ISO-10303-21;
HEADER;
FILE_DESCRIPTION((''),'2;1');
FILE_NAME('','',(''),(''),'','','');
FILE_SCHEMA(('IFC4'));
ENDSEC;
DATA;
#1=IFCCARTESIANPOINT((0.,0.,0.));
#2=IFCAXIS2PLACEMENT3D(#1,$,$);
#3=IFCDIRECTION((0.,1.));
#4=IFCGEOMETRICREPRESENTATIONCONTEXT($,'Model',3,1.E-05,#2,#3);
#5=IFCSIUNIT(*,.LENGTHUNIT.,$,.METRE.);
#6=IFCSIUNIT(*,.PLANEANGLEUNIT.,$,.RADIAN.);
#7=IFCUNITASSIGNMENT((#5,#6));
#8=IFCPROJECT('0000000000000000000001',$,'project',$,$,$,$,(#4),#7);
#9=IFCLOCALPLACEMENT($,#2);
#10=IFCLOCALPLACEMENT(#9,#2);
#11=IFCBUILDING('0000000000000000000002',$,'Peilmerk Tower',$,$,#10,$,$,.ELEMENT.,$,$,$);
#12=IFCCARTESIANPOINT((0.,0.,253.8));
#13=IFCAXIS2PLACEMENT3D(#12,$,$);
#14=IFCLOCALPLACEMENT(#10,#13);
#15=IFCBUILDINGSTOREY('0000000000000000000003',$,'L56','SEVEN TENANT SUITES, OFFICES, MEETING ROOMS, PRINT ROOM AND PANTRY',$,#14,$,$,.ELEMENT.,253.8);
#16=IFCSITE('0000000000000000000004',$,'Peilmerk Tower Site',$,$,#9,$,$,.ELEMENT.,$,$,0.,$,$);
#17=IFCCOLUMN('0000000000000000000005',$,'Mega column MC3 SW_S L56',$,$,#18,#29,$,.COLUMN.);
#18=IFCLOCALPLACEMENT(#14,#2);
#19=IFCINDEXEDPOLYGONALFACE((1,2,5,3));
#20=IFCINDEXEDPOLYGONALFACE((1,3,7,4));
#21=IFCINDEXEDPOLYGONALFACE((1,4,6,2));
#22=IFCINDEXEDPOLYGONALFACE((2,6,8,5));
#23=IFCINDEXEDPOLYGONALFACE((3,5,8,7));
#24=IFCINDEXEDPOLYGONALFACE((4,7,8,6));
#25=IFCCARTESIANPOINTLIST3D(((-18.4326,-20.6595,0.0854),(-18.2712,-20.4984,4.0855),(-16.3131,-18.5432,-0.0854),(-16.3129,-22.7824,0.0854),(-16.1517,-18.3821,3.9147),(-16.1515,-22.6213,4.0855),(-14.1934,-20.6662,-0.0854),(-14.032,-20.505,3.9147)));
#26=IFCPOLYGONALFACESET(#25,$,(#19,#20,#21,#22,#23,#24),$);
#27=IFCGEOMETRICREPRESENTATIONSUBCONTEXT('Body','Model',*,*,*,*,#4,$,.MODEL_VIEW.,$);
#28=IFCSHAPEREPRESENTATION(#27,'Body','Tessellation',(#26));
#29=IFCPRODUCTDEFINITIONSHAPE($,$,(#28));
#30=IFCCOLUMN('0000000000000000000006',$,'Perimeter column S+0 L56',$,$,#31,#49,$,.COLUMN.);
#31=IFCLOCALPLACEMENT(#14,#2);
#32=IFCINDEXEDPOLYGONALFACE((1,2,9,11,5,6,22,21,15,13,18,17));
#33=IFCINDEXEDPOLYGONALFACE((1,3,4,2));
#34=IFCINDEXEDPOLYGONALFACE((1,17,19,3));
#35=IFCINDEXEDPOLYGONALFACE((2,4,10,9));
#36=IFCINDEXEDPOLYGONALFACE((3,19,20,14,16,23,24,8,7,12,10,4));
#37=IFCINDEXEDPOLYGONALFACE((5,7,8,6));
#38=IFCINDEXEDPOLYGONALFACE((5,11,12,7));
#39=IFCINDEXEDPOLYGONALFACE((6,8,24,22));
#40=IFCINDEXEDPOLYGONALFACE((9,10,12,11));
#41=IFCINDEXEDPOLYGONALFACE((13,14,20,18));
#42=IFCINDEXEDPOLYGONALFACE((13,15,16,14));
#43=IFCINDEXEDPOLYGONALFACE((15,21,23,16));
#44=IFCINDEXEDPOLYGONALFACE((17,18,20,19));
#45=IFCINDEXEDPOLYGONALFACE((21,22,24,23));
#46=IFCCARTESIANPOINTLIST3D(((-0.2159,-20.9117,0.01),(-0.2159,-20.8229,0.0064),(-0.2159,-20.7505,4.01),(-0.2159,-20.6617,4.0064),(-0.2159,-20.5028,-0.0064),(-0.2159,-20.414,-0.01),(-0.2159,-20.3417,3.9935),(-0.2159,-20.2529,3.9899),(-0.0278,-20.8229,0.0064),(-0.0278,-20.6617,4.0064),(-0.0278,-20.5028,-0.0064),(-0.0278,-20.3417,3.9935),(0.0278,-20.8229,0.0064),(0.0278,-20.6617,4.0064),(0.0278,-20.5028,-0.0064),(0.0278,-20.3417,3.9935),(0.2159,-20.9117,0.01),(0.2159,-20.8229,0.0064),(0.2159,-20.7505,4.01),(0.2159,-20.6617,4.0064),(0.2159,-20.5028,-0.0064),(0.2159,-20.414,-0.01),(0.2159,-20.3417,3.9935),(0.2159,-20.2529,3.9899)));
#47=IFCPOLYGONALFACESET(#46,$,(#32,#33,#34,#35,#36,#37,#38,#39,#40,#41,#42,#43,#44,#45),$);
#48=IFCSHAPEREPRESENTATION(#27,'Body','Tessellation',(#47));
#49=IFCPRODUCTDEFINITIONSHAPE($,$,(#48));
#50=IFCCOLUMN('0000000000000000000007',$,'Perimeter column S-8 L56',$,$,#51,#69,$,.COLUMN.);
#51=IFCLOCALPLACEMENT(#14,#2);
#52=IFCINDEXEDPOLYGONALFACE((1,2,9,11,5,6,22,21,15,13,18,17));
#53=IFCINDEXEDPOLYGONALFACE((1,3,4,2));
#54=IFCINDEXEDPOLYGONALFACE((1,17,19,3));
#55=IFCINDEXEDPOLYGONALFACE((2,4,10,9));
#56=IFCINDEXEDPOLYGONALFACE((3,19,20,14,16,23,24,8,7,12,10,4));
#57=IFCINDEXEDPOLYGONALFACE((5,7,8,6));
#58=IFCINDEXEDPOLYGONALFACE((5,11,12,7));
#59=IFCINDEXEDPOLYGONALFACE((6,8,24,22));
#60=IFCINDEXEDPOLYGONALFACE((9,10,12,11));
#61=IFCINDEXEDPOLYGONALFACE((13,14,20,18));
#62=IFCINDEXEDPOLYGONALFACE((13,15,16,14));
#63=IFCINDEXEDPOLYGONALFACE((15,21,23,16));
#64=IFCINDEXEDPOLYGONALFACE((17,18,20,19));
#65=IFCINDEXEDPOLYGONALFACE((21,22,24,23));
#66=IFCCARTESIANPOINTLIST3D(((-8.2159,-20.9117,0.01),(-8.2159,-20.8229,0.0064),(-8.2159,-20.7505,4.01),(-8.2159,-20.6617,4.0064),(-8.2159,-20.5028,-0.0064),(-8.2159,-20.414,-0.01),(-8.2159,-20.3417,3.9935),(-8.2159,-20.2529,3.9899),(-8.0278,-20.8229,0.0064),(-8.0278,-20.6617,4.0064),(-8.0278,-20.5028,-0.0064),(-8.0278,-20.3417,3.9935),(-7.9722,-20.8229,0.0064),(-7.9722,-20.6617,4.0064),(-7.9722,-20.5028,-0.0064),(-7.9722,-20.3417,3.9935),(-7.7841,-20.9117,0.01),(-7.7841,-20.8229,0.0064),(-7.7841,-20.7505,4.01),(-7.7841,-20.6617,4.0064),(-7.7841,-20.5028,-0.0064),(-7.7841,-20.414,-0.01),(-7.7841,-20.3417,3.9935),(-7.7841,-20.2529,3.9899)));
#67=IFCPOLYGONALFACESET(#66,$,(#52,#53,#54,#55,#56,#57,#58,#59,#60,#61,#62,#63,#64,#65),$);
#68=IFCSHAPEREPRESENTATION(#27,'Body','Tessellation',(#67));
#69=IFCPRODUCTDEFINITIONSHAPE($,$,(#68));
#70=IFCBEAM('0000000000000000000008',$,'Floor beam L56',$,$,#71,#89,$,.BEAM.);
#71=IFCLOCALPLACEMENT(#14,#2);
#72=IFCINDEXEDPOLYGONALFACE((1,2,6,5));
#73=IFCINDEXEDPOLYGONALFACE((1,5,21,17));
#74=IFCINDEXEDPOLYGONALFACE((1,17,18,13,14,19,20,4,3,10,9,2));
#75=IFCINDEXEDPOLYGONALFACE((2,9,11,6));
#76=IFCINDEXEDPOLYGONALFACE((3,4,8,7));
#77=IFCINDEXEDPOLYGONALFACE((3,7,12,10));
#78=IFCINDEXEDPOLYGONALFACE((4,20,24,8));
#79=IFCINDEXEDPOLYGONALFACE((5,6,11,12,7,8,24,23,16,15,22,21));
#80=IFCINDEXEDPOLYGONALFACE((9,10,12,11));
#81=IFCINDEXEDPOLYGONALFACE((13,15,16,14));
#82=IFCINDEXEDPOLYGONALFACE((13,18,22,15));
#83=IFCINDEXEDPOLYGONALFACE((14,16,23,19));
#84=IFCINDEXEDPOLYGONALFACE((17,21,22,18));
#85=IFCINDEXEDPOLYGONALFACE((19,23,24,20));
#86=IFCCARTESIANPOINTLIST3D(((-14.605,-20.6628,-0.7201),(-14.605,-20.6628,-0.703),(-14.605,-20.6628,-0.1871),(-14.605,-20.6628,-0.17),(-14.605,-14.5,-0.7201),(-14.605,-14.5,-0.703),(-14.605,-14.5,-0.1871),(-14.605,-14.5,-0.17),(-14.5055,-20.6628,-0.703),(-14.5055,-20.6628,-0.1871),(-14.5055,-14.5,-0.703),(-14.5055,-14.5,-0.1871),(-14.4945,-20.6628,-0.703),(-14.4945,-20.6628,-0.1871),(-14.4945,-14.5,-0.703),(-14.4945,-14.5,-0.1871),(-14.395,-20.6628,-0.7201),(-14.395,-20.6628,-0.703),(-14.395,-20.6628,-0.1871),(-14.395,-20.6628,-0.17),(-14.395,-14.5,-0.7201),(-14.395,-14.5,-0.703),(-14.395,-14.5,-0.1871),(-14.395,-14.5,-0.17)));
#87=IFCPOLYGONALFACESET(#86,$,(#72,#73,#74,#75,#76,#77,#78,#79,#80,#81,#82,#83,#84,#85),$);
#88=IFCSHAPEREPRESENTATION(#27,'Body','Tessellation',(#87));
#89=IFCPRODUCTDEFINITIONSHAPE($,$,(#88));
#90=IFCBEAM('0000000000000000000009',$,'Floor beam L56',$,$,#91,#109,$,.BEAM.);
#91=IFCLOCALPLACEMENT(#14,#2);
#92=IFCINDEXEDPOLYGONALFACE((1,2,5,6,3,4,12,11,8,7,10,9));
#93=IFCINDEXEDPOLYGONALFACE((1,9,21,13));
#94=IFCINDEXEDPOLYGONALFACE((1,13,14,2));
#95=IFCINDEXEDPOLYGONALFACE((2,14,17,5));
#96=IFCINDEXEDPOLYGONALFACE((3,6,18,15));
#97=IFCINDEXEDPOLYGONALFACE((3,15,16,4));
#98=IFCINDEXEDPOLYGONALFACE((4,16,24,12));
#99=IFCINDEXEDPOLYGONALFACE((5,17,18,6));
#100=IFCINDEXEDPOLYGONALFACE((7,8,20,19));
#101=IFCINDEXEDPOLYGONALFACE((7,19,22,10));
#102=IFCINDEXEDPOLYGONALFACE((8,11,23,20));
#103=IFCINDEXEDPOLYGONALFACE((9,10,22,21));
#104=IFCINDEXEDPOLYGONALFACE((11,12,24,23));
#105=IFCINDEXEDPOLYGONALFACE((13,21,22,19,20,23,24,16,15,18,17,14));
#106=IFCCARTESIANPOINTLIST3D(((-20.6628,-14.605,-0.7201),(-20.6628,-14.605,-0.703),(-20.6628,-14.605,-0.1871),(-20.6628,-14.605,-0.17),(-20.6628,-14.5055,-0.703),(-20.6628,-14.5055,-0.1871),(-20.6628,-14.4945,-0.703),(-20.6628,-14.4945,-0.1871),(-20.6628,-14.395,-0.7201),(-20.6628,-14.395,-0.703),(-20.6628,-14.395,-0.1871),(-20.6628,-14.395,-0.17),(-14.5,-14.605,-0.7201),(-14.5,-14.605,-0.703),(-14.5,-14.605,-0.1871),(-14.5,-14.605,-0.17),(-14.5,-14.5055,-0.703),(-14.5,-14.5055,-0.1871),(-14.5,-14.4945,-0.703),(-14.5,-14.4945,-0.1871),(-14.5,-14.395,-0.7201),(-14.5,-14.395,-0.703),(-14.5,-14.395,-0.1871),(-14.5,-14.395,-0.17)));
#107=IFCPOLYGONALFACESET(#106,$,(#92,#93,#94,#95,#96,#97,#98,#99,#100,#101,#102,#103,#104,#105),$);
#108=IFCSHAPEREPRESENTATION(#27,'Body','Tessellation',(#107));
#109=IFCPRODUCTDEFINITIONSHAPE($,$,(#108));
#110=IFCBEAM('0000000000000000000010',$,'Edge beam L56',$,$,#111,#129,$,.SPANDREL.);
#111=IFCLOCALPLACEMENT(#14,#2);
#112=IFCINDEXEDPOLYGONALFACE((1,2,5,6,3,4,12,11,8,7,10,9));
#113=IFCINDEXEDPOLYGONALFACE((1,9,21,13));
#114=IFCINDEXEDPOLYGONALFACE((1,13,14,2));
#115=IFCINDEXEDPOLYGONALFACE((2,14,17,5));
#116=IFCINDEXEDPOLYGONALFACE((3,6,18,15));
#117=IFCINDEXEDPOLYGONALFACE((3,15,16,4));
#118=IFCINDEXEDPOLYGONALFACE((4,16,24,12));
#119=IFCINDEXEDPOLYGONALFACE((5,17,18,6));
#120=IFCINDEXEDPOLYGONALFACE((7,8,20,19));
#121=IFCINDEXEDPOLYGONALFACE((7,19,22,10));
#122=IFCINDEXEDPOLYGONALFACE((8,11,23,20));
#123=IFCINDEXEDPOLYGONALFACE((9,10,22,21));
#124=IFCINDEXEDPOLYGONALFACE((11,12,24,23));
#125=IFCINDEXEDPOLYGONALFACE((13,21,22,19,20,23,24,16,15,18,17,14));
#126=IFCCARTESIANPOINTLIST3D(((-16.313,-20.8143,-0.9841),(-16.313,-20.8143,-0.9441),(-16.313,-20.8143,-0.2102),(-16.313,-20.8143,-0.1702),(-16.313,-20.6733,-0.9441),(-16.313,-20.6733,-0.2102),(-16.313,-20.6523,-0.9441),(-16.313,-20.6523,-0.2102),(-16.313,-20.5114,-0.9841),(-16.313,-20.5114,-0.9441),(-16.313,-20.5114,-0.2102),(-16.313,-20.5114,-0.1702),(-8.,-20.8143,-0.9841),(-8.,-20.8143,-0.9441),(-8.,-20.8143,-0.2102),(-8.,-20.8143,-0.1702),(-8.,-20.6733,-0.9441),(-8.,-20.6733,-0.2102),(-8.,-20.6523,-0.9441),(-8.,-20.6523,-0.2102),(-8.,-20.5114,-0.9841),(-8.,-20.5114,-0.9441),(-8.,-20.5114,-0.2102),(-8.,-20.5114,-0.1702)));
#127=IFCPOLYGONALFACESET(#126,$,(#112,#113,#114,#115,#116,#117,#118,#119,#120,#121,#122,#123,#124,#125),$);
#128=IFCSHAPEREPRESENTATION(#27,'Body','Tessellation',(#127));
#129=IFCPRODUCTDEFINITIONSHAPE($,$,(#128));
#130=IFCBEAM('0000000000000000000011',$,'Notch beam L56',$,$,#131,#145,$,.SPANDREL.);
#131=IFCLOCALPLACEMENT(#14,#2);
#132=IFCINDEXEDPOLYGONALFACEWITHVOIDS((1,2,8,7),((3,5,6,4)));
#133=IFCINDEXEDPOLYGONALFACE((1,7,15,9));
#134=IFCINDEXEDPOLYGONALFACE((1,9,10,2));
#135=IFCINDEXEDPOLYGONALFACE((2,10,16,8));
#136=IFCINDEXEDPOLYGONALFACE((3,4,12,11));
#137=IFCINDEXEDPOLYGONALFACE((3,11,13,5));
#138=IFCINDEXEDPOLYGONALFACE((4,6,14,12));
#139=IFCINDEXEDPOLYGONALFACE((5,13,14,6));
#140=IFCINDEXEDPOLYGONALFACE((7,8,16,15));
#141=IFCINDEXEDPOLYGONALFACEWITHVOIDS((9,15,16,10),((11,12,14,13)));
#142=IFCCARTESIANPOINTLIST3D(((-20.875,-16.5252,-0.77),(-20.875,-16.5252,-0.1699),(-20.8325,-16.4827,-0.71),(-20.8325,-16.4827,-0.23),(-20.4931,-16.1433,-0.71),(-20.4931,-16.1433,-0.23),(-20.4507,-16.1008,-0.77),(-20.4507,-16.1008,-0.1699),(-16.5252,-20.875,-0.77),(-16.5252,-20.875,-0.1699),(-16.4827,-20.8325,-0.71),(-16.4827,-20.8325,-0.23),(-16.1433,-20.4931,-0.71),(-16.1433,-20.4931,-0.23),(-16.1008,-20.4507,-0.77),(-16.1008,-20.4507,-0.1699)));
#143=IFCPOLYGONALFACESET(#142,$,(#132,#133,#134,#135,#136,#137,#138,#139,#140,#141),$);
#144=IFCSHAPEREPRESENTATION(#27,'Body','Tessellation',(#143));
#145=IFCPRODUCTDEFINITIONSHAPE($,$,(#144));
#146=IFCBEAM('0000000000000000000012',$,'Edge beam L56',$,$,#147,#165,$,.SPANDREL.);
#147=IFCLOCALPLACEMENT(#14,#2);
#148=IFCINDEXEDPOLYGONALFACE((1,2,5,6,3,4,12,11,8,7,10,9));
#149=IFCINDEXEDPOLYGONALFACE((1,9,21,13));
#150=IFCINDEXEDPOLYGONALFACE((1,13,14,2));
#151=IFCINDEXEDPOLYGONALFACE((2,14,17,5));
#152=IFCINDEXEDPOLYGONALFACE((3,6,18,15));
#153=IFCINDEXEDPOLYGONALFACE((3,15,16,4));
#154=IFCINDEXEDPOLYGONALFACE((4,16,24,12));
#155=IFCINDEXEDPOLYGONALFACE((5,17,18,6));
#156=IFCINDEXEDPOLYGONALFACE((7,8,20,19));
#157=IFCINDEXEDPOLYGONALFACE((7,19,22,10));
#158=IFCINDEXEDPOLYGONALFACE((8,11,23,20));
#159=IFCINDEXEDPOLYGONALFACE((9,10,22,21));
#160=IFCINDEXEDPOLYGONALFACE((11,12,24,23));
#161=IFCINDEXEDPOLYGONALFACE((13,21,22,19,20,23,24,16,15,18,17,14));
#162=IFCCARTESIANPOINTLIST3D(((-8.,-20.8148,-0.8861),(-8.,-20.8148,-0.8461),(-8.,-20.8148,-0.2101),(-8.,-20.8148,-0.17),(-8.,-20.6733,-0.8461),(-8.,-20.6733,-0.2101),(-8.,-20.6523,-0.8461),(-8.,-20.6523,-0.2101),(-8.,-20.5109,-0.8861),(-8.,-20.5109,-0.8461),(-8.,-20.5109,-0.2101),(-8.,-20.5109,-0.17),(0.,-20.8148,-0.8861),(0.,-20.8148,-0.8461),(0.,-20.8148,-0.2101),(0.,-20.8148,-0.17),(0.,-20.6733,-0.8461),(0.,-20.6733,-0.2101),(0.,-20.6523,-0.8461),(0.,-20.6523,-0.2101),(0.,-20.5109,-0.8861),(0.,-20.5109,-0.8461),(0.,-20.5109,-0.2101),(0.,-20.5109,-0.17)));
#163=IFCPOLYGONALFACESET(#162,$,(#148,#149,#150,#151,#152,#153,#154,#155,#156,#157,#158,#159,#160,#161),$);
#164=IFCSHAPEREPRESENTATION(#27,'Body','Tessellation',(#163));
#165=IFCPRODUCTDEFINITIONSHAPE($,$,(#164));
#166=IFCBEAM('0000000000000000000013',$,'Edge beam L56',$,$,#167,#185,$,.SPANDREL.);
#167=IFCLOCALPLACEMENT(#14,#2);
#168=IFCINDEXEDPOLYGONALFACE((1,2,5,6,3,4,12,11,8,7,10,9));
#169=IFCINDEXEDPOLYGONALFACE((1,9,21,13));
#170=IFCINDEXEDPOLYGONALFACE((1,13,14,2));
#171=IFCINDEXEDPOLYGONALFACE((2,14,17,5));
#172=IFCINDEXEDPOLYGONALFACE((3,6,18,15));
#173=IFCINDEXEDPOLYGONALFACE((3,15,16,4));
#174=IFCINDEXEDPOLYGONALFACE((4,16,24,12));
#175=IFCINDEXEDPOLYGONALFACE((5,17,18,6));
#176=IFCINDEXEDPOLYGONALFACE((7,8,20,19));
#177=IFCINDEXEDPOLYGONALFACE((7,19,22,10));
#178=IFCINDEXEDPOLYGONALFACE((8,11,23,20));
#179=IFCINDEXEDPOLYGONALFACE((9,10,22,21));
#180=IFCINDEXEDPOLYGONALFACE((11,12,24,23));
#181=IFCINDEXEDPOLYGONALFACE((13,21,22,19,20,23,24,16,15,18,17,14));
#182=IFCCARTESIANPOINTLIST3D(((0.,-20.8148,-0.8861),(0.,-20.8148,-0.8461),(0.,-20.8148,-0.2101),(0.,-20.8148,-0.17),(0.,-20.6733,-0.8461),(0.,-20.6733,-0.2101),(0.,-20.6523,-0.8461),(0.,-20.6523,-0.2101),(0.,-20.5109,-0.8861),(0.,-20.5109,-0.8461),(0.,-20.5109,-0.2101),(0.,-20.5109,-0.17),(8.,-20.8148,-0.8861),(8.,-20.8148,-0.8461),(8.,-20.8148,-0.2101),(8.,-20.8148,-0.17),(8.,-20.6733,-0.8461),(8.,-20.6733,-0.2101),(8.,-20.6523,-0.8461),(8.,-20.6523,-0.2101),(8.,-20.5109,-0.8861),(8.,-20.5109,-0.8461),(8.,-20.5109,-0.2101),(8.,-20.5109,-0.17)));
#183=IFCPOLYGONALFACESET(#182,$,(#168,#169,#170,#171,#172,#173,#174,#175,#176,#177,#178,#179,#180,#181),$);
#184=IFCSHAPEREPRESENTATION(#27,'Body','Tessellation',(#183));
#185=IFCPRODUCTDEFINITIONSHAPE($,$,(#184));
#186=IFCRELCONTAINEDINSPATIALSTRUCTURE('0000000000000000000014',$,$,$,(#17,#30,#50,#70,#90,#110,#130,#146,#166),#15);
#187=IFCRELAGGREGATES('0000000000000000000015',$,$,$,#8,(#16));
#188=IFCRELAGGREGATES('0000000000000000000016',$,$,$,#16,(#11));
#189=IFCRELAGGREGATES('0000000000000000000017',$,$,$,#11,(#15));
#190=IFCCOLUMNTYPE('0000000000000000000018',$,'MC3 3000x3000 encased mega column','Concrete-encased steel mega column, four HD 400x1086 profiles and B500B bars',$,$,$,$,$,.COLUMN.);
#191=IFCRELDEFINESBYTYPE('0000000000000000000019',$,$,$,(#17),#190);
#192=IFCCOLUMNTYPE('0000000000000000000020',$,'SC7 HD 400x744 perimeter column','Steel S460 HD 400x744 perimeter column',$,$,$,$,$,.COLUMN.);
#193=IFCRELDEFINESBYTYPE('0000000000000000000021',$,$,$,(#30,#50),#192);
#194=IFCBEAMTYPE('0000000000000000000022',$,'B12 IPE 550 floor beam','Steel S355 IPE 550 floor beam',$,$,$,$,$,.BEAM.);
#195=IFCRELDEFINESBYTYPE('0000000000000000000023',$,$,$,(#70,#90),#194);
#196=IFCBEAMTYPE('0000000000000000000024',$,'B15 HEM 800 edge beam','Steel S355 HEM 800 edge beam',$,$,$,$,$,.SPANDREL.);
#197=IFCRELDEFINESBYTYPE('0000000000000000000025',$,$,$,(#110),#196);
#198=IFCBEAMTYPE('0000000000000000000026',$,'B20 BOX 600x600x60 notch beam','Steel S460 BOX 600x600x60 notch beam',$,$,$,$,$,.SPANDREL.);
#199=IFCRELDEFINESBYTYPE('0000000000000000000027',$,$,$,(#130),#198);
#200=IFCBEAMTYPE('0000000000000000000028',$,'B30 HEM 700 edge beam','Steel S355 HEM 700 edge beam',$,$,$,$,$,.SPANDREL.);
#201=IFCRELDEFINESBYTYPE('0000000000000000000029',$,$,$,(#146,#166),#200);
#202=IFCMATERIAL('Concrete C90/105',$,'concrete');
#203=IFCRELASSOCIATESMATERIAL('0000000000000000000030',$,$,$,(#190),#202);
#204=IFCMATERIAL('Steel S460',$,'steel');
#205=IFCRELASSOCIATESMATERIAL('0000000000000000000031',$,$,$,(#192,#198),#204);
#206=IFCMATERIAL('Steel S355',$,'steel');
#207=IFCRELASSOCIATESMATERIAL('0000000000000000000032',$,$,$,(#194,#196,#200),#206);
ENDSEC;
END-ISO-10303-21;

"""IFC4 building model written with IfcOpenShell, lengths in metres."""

from ifc_helpers import new_model, si_unit, direction, frame, origin, origin_2d, place, context, subcontext, project, spatial, rectangle, hollow_rectangle, i_section, extrude, material, material_profile, profile_set, type_object, element, save


model = new_model("IFC4")

# Units and contexts
model_context = context("Model", 3, precision=1e-05, world=origin(), true_north=direction((0.0, 1.0)))
body_context = subcontext(model_context, "Body", "Model", "MODEL_VIEW")
ifc_project = project(units=[si_unit("LENGTHUNIT", "METRE"), si_unit("PLANEANGLEUNIT", "RADIAN")], contexts=[model_context])

# Site, building, storey
site_placement = place(None, origin())
site = spatial("IfcSite", under=ifc_project, at=site_placement, Name="Peilmerk Tower Site", CompositionType="ELEMENT", RefElevation=0.0)
building_placement = place(site_placement, origin())
building = spatial("IfcBuilding", under=site, at=building_placement, Name="Peilmerk Tower", CompositionType="ELEMENT")
storey_placement = place(building_placement, frame((0.0, 0.0, 253.8)))
storey = spatial("IfcBuildingStorey", under=building, at=storey_placement, Name="L56", Description="SEVEN TENANT SUITES, OFFICES, MEETING ROOMS, PRINT ROOM AND PANTRY", CompositionType="ELEMENT", Elevation=253.8)

# Columns
ifc_material_1 = material(Name="Concrete C90/105", Category="concrete")
ifc_material_profile_1 = material_profile(ifc_material_1, rectangle(XDim=3.0, YDim=3.0, at=origin_2d()), Name="RC 3000x3000")
ifc_profile_set_1 = profile_set([ifc_material_profile_1], Name="Concrete C90/105")
column_type_1 = type_object("IfcColumnType", Name="MC3 3000x3000 encased mega column", Description="Concrete-encased steel mega column, four HD 400x1086 profiles and B500B bars", PredefinedType="COLUMN", material=ifc_profile_set_1)
column_placement = place(storey_placement, frame((-16.313, -20.6628, 0.0), z_axis=(0.040279, 0.040218, 0.998379), x_axis=(-0.706571, 0.707642, 0.0)))
element("IfcColumn", 1, at=column_placement, inside=storey, type_object=column_type_1, Name="Mega column MC3 SW_S L56", PredefinedType="COLUMN", context=body_context, shape_type="SweptSolid", body=[
    extrude(rectangle(XDim=3.0, YDim=3.0, at=origin_2d()), origin(), (0.0, 0.0, 1.0), 4.0066),
])
ifc_material_2 = material(Name="Steel S460", Category="steel")
ifc_material_profile_2 = material_profile(ifc_material_2, i_section(OverallWidth=0.4319, OverallDepth=0.498, WebThickness=0.0557, FlangeThickness=0.0889, at=origin_2d()), Name="HD 400x744")
ifc_profile_set_2 = profile_set([ifc_material_profile_2], Name="Steel S460")
column_type_2 = type_object("IfcColumnType", Name="SC7 HD 400x744 perimeter column", Description="Steel S460 HD 400x744 perimeter column", PredefinedType="COLUMN", material=ifc_profile_set_2)
for number, where, z_axis, x_axis, name in (
    (2, (0.0, -20.6628, 0.0), (0.0, 0.040251, 0.99919), (-1.0, 0.0, 0.0), "Perimeter column S+0 L56"),
    (3, (-8.0, -20.6628, 0.0), (0.0, 0.040251, 0.99919), (-1.0, 0.0, 0.0), "Perimeter column S-8 L56"),
):
    element("IfcColumn", number, at=place(storey_placement, frame(where, z_axis=z_axis, x_axis=x_axis)), inside=storey, type_object=column_type_2, Name=name, PredefinedType="COLUMN", context=body_context, shape_type="SweptSolid", body=[
        extrude(i_section(OverallWidth=0.4319, OverallDepth=0.498, WebThickness=0.0557, FlangeThickness=0.0889, at=origin_2d()), origin(), (0.0, 0.0, 1.0), 4.0032),
    ])

# Beams
ifc_material_3 = material(Name="Steel S355", Category="steel")
ifc_material_profile_3 = material_profile(ifc_material_3, i_section(OverallWidth=0.21, OverallDepth=0.55, WebThickness=0.011, FlangeThickness=0.0171, at=origin_2d()), Name="IPE 550")
ifc_profile_set_3 = profile_set([ifc_material_profile_3], Name="Steel S355")
beam_type_1 = type_object("IfcBeamType", Name="B12 IPE 550 floor beam", Description="Steel S355 IPE 550 floor beam", PredefinedType="BEAM", material=ifc_profile_set_3)
for number, where, z_axis, x_axis, name in (
    (4, (-14.5, -14.5, -0.4451), (0.0, -1.0, 0.0), (1.0, 0.0, 0.0), "Floor beam L56"),
    (5, (-14.5, -14.5, -0.4451), (-1.0, 0.0, 0.0), (0.0, -1.0, 0.0), "Floor beam L56"),
):
    element("IfcBeam", number, at=place(storey_placement, frame(where, z_axis=z_axis, x_axis=x_axis)), inside=storey, type_object=beam_type_1, Name=name, PredefinedType="BEAM", context=body_context, shape_type="SweptSolid", body=[
        extrude(i_section(OverallWidth=0.21, OverallDepth=0.55, WebThickness=0.011, FlangeThickness=0.0171, at=origin_2d()), origin(), (0.0, 0.0, 1.0), 6.1628),
    ])
ifc_material_profile_4 = material_profile(ifc_material_3, i_section(OverallWidth=0.303, OverallDepth=0.814, WebThickness=0.021, FlangeThickness=0.04, at=origin_2d()), Name="HEM 800")
ifc_profile_set_4 = profile_set([ifc_material_profile_4], Name="Steel S355")
beam_type_2 = type_object("IfcBeamType", Name="B15 HEM 800 edge beam", Description="Steel S355 HEM 800 edge beam", PredefinedType="SPANDREL", material=ifc_profile_set_4)
beam_1_placement = place(storey_placement, frame((-16.313, -20.6628, -0.5771), z_axis=(1.0, 0.0, 0.0), x_axis=(0.0, 1.0, 0.0)))
element("IfcBeam", 6, at=beam_1_placement, inside=storey, type_object=beam_type_2, Name="Edge beam L56", PredefinedType="SPANDREL", context=body_context, shape_type="SweptSolid", body=[
    extrude(i_section(OverallWidth=0.303, OverallDepth=0.814, WebThickness=0.021, FlangeThickness=0.04, at=origin_2d()), origin(), (0.0, 0.0, 1.0), 8.313),
])
ifc_material_profile_5 = material_profile(ifc_material_2, hollow_rectangle(XDim=0.6001, YDim=0.6001, WallThickness=0.0601, at=origin_2d()), Name="BOX 600x600x60")
ifc_profile_set_5 = profile_set([ifc_material_profile_5], Name="Steel S460")
beam_type_3 = type_object("IfcBeamType", Name="B20 BOX 600x600x60 notch beam", Description="Steel S460 BOX 600x600x60 notch beam", PredefinedType="SPANDREL", material=ifc_profile_set_5)
beam_2_placement = place(storey_placement, frame((-16.313, -20.6628, -0.47), z_axis=(-0.707107, 0.707107, 0.0), x_axis=(-0.707107, -0.707107, 0.0)))
element("IfcBeam", 7, at=beam_2_placement, inside=storey, type_object=beam_type_3, Name="Notch beam L56", PredefinedType="SPANDREL", context=body_context, shape_type="SweptSolid", body=[
    extrude(hollow_rectangle(XDim=0.6001, YDim=0.6001, WallThickness=0.0601, at=origin_2d()), origin(), (0.0, 0.0, 1.0), 6.1516),
])
ifc_material_profile_6 = material_profile(ifc_material_3, i_section(OverallWidth=0.304, OverallDepth=0.7161, WebThickness=0.021, FlangeThickness=0.04, at=origin_2d()), Name="HEM 700")
ifc_profile_set_6 = profile_set([ifc_material_profile_6], Name="Steel S355")
beam_type_4 = type_object("IfcBeamType", Name="B30 HEM 700 edge beam", Description="Steel S355 HEM 700 edge beam", PredefinedType="SPANDREL", material=ifc_profile_set_6)
for number, where, z_axis, x_axis, name in (
    (8, (-8.0, -20.6628, -0.5281), (1.0, 0.0, 0.0), (0.0, 1.0, 0.0), "Edge beam L56"),
    (9, (0.0, -20.6628, -0.5281), (1.0, 0.0, 0.0), (0.0, 1.0, 0.0), "Edge beam L56"),
):
    element("IfcBeam", number, at=place(storey_placement, frame(where, z_axis=z_axis, x_axis=x_axis)), inside=storey, type_object=beam_type_4, Name=name, PredefinedType="SPANDREL", context=body_context, shape_type="SweptSolid", body=[
        extrude(i_section(OverallWidth=0.304, OverallDepth=0.7161, WebThickness=0.021, FlangeThickness=0.04, at=origin_2d()), origin(), (0.0, 0.0, 1.0), 8.0),
    ])

save(model, "model.ifc")
